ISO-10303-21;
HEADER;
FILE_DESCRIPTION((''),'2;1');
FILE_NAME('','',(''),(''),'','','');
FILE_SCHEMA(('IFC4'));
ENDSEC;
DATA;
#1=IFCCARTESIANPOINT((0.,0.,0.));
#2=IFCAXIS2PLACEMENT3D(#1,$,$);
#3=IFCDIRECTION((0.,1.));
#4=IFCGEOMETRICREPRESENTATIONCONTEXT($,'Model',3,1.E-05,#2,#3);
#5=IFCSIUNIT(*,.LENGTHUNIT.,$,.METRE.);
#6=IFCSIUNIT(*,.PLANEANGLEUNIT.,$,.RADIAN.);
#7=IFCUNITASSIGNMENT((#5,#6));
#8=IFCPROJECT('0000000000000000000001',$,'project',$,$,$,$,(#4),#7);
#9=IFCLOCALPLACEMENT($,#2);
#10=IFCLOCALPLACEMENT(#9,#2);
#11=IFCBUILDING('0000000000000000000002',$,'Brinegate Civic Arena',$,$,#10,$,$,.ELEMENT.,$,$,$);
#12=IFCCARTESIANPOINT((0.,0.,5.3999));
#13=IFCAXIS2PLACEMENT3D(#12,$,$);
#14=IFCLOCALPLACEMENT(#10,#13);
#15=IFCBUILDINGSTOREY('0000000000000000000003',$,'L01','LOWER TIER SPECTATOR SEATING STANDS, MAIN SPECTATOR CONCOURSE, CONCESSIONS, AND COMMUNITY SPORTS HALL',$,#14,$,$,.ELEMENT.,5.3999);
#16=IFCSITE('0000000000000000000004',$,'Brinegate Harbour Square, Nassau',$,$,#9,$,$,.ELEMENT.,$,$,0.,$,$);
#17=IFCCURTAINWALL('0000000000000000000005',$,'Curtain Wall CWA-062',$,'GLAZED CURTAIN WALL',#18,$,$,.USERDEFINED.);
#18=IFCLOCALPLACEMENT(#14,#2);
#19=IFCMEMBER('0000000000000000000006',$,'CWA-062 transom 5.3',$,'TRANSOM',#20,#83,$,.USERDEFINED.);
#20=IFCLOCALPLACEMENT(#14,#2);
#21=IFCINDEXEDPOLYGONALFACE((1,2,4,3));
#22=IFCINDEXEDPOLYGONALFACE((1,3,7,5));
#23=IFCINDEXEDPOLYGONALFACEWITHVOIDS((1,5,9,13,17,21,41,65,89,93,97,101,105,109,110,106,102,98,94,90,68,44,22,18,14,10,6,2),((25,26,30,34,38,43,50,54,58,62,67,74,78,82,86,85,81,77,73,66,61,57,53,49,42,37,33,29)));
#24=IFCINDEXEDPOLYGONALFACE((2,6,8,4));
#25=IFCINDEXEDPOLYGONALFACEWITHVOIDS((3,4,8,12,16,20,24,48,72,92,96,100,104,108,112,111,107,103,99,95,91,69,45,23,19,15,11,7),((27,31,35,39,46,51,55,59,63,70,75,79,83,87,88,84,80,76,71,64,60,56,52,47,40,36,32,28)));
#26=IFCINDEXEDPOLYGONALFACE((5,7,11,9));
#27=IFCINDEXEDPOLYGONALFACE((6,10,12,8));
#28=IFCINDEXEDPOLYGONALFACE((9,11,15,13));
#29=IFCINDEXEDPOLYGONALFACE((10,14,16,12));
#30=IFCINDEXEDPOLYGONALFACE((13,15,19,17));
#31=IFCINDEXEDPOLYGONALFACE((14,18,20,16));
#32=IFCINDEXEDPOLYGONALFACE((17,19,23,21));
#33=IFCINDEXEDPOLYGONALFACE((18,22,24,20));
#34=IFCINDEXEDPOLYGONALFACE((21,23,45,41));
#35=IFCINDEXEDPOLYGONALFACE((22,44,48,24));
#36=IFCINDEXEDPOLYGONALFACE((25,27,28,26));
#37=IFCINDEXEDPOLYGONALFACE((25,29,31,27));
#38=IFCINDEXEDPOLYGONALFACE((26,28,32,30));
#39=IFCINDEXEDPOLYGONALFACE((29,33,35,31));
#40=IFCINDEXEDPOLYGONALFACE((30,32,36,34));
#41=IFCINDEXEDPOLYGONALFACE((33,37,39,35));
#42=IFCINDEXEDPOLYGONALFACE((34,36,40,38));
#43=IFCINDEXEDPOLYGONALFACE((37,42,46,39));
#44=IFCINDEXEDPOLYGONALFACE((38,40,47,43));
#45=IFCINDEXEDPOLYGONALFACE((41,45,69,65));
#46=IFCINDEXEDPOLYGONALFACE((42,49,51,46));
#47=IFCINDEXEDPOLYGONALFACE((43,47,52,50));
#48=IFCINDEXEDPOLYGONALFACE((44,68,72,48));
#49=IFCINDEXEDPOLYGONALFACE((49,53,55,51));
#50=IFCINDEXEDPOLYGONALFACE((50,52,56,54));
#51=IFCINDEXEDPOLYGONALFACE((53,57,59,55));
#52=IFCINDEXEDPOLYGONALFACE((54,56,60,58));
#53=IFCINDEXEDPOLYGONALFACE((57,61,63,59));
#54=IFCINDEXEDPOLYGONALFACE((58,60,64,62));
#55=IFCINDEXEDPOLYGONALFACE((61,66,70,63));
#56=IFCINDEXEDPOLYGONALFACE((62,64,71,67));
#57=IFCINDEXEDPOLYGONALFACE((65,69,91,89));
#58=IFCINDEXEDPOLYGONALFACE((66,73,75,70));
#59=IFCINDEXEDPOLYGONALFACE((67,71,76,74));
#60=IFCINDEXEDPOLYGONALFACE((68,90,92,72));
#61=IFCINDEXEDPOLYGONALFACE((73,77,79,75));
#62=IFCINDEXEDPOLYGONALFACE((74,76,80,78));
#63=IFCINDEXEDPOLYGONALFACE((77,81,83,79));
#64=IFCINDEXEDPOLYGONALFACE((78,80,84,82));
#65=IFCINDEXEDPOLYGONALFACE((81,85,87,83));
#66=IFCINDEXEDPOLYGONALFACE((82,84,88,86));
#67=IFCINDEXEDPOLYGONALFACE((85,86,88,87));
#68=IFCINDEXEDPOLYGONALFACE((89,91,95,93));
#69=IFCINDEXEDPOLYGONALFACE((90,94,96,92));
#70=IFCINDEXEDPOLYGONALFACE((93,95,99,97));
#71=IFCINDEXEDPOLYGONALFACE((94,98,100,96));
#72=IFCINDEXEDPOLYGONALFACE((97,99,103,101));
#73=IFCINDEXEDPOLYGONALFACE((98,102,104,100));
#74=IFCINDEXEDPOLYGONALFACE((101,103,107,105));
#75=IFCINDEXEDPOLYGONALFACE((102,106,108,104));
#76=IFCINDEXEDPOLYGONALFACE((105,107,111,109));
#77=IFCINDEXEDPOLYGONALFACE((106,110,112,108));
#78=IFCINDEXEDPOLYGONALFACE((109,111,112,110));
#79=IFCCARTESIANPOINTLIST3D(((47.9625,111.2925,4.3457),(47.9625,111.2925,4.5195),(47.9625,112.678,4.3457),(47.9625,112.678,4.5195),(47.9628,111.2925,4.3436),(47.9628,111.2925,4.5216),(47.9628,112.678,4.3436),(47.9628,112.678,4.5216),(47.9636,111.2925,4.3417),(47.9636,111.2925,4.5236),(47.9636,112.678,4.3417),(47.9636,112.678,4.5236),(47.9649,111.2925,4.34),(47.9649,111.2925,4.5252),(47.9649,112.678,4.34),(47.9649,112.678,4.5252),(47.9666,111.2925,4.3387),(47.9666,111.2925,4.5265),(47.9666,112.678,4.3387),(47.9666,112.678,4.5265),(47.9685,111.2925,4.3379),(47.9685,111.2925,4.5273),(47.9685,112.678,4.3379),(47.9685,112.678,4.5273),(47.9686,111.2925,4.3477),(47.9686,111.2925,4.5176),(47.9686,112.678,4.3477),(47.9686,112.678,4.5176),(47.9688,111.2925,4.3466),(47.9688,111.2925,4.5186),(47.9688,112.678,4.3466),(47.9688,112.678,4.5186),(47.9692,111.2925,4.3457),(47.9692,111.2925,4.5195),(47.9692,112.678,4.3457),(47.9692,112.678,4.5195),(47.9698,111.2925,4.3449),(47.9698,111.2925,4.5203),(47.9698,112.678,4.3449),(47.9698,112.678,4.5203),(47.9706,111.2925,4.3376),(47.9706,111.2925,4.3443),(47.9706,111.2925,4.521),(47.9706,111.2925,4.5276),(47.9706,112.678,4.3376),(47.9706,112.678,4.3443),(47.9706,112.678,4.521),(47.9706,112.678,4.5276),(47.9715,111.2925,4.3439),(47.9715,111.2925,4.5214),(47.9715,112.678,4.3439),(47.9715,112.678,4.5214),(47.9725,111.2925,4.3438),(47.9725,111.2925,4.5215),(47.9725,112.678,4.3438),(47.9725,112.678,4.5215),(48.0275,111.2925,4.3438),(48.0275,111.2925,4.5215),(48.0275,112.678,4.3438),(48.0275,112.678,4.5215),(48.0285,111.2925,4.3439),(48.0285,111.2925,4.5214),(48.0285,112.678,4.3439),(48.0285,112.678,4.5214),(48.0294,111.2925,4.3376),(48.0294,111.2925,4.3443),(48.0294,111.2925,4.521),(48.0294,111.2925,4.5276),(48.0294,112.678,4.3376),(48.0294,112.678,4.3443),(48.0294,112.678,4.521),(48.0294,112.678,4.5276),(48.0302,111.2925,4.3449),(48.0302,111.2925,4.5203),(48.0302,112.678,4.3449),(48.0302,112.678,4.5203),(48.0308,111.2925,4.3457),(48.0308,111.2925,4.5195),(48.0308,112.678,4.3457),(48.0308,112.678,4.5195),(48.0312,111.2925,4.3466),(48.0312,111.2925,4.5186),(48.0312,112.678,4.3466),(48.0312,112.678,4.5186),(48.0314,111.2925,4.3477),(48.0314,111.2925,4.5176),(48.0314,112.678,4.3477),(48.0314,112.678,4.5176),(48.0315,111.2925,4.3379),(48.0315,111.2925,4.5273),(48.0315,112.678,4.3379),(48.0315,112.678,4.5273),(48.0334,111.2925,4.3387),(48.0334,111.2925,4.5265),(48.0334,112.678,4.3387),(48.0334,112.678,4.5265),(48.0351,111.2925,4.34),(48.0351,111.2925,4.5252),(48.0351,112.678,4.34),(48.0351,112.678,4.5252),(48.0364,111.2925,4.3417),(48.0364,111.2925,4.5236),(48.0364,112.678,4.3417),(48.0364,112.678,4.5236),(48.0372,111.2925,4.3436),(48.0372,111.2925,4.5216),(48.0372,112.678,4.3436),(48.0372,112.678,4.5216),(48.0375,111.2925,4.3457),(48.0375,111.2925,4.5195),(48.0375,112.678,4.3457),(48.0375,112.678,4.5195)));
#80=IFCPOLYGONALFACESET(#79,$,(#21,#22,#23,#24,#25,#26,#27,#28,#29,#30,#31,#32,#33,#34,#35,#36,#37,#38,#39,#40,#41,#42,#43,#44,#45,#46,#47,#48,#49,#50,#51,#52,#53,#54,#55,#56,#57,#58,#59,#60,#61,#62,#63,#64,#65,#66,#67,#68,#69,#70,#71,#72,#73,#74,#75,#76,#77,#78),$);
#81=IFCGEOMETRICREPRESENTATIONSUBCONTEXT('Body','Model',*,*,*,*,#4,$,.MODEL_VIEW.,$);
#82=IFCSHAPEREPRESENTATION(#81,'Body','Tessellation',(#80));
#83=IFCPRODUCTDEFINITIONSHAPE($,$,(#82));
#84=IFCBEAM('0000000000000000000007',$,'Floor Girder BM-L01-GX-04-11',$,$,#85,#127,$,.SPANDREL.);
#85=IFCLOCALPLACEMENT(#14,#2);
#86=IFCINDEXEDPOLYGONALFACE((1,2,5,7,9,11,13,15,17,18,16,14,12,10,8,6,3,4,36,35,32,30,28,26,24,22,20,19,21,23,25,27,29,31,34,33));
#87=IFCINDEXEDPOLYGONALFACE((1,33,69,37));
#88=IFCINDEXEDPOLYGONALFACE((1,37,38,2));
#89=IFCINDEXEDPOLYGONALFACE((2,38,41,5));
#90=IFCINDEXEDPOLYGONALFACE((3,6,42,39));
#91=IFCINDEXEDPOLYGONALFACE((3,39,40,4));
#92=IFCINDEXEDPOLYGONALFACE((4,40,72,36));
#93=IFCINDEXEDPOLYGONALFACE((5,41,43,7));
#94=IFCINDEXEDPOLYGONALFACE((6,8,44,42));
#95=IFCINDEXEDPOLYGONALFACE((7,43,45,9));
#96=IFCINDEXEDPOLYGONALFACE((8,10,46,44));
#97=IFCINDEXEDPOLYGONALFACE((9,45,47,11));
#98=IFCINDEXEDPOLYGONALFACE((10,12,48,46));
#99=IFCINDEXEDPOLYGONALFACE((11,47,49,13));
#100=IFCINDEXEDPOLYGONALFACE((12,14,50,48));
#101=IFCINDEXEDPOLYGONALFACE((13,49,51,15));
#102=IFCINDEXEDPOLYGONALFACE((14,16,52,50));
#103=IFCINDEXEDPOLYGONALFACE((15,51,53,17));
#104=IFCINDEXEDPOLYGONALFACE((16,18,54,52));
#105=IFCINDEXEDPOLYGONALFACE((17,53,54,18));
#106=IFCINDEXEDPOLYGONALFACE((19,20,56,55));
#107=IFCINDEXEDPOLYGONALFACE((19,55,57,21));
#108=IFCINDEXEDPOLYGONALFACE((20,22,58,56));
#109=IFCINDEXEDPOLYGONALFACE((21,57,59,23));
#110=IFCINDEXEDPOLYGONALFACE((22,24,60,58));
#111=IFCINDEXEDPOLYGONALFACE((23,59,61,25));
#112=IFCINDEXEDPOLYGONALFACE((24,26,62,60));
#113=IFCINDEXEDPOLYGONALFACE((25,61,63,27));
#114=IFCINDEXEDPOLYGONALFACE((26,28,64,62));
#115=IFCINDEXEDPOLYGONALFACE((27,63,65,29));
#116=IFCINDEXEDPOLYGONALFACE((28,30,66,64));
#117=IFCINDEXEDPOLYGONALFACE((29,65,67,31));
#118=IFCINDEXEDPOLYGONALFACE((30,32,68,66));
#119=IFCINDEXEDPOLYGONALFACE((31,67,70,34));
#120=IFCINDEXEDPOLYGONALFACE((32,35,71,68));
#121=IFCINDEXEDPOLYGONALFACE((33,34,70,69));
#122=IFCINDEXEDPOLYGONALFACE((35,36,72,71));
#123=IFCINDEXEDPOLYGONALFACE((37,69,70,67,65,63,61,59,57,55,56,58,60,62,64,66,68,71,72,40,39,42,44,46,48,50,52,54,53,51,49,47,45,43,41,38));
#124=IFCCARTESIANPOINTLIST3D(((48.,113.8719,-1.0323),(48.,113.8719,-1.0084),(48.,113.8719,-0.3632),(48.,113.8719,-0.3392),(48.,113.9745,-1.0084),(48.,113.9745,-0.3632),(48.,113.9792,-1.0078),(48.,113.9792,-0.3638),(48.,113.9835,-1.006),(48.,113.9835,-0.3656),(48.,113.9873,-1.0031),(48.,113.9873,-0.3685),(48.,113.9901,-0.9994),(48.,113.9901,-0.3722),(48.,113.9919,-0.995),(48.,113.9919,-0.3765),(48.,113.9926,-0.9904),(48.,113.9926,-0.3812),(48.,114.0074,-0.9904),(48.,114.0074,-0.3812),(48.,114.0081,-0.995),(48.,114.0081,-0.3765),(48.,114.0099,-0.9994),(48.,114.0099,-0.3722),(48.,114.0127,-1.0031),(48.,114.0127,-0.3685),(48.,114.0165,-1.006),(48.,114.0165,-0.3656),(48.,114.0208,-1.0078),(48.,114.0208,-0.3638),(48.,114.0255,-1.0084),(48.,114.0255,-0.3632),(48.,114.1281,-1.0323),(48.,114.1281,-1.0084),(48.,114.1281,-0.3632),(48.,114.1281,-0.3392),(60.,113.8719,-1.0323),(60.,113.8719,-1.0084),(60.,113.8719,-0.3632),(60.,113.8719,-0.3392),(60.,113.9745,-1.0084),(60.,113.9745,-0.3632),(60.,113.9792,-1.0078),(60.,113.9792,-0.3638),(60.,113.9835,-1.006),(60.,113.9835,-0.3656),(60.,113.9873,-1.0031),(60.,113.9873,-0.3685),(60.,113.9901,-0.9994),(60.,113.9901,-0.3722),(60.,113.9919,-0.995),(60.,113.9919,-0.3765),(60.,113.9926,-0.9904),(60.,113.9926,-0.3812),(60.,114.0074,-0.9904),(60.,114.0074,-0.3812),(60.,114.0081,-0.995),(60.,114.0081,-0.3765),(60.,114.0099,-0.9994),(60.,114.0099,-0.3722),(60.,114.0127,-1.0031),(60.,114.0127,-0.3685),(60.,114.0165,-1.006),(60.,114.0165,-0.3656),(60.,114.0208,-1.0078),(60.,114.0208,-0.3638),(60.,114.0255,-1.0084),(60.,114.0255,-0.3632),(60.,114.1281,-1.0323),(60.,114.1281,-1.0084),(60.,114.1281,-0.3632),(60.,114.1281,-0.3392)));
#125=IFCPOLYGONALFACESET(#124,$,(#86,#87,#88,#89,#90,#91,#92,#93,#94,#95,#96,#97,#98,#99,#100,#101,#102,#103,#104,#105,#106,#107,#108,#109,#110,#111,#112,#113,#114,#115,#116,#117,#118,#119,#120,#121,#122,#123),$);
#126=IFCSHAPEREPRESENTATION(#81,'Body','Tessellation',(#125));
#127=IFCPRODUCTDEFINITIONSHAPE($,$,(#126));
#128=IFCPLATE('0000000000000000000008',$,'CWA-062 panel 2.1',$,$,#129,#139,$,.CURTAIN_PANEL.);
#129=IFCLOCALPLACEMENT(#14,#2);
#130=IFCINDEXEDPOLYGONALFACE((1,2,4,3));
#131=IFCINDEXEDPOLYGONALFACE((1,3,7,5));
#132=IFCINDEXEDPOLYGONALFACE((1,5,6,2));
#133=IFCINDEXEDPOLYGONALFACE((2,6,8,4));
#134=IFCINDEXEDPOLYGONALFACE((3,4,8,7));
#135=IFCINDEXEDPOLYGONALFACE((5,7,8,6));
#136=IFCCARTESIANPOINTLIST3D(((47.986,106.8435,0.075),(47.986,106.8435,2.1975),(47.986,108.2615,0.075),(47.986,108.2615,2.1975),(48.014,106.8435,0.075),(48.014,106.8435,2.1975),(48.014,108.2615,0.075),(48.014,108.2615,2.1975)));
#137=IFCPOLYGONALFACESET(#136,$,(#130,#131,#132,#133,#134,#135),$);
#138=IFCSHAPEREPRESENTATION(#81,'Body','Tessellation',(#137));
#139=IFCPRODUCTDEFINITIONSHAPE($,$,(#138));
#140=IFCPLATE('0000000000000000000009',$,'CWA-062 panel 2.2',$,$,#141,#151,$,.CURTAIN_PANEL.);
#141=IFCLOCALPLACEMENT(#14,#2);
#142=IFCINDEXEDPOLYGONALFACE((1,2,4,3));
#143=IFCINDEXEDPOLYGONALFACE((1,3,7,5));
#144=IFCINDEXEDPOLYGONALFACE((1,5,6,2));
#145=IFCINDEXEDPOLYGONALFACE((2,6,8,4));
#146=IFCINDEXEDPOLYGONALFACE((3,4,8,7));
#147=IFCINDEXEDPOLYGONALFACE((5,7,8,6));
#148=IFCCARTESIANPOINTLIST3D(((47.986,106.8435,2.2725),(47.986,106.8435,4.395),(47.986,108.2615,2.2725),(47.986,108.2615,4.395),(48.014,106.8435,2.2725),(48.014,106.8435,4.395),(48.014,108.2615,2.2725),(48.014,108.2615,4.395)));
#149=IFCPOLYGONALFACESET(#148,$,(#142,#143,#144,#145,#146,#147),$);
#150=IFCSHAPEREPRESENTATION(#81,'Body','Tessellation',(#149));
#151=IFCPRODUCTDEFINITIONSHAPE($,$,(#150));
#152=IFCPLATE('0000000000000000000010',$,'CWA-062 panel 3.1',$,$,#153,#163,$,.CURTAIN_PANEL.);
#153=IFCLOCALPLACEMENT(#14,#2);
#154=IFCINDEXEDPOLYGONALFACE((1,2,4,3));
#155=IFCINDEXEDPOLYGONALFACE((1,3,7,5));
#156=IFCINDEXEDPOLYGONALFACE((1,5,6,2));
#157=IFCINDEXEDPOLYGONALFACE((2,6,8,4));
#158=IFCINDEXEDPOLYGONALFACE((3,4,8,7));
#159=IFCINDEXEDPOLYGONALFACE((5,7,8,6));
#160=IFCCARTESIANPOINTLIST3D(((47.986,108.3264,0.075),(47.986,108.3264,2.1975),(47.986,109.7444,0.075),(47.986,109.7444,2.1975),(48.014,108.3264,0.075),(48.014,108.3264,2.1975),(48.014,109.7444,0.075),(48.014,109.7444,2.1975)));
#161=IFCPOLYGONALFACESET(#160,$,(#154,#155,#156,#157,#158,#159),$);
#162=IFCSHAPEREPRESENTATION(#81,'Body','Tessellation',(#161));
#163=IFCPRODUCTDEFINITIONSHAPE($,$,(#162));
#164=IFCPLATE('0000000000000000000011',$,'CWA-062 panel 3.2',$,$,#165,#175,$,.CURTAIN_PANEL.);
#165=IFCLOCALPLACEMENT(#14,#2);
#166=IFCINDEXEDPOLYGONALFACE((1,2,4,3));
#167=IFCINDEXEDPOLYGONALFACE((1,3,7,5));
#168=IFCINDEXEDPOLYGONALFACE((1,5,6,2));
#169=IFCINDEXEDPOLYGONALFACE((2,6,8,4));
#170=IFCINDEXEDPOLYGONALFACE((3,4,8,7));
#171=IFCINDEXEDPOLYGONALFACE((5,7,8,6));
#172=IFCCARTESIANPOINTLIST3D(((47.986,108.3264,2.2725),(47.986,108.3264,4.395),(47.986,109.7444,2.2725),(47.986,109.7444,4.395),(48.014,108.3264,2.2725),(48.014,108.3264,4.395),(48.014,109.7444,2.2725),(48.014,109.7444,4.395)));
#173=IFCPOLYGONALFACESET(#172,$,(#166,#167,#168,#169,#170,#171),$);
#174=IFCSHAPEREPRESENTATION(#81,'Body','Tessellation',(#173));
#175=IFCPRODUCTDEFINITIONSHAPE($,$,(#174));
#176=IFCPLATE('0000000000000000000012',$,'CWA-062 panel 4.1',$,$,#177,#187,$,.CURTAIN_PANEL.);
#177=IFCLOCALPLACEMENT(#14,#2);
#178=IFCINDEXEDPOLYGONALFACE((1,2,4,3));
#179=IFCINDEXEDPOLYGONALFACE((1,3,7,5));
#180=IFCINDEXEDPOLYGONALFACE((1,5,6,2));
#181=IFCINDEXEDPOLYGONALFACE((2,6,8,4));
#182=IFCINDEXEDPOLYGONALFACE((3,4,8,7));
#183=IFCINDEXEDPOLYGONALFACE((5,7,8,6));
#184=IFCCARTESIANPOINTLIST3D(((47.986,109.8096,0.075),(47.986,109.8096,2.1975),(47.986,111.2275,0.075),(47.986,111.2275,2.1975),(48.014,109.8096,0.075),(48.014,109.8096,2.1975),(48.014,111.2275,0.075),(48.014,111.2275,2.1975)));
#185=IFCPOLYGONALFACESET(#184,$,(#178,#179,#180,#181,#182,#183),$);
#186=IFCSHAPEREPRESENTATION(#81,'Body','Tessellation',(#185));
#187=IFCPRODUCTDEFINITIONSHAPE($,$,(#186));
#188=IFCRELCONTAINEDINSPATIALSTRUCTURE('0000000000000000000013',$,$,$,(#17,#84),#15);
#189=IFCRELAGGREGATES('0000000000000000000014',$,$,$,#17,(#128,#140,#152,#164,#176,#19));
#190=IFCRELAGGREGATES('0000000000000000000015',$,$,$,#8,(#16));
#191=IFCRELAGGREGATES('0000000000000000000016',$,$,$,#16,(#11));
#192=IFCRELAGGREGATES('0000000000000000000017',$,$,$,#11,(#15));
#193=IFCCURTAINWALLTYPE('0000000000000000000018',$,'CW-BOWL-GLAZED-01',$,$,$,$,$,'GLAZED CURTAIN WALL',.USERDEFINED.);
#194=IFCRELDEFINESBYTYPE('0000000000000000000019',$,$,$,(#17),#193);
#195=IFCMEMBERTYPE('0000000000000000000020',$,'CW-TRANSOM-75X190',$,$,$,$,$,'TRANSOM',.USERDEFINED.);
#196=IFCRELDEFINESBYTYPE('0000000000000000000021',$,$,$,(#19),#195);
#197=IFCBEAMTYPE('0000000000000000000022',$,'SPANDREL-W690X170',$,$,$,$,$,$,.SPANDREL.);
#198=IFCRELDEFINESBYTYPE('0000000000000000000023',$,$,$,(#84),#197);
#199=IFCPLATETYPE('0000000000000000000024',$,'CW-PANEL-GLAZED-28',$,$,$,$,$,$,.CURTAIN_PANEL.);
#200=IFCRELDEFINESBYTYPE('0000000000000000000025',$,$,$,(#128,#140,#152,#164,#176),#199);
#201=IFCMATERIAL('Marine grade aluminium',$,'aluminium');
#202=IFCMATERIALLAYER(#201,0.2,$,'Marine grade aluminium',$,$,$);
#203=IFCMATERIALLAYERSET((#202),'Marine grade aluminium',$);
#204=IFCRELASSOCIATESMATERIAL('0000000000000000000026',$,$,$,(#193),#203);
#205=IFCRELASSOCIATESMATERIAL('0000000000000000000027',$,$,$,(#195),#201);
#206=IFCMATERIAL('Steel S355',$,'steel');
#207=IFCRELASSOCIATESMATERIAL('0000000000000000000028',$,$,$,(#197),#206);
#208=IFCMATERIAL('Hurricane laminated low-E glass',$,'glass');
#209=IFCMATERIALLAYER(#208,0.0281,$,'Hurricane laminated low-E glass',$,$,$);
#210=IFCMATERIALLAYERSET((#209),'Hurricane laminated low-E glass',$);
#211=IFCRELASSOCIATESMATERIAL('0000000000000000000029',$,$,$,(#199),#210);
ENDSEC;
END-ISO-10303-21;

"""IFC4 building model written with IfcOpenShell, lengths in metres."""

from ifc_helpers import new_model, si_unit, direction, frame, origin, origin_2d, place, context, subcontext, project, spatial, rectangle, hollow_rectangle, i_section, extrude, material, layer, layer_set, material_profile, profile_set, type_object, element, aggregate, save


model = new_model("IFC4")

# Units and contexts
model_context = context("Model", 3, precision=1e-05, world=origin(), true_north=direction((0.0, 1.0)))
body_context = subcontext(model_context, "Body", "Model", "MODEL_VIEW")
ifc_project = project(units=[si_unit("LENGTHUNIT", "METRE"), si_unit("PLANEANGLEUNIT", "RADIAN")], contexts=[model_context])

# Site, building, storey
site_placement = place(None, origin())
site = spatial("IfcSite", under=ifc_project, at=site_placement, Name="Brinegate Harbour Square, Nassau", CompositionType="ELEMENT", RefElevation=0.0)
building_placement = place(site_placement, origin())
building = spatial("IfcBuilding", under=site, at=building_placement, Name="Brinegate Civic Arena", CompositionType="ELEMENT")
storey_placement = place(building_placement, frame((0.0, 0.0, 5.3999)))
storey = spatial("IfcBuildingStorey", under=building, at=storey_placement, Name="L01", Description="LOWER TIER SPECTATOR SEATING STANDS, MAIN SPECTATOR CONCOURSE, CONCESSIONS, AND COMMUNITY SPORTS HALL", CompositionType="ELEMENT", Elevation=5.3999)

# Curtain wall, member
ifc_material_1 = material(Name="Marine grade aluminium", Category="aluminium")
ifc_layer_1 = layer(ifc_material_1, 0.2, Name="Marine grade aluminium")
ifc_layer_set_1 = layer_set([ifc_layer_1], Name="Marine grade aluminium")
curtain_wall_type = type_object("IfcCurtainWallType", Name="CW-BOWL-GLAZED-01", ElementType="GLAZED CURTAIN WALL", PredefinedType="USERDEFINED", material=ifc_layer_set_1)
curtain_wall_placement = place(storey_placement, origin())
curtain_wall = element("IfcCurtainWall", 1, at=curtain_wall_placement, inside=storey, type_object=curtain_wall_type, Name="Curtain Wall CWA-062", ObjectType="GLAZED CURTAIN WALL", PredefinedType="USERDEFINED")
ifc_material_profile_1 = material_profile(ifc_material_1, hollow_rectangle(XDim=0.075, YDim=0.1899, WallThickness=0.0061, InnerFilletRadius=0.0039, OuterFilletRadius=0.0081, at=origin_2d()), Name="TRN75X190")
ifc_profile_set_1 = profile_set([ifc_material_profile_1], Name="Marine grade aluminium")
member_type_1 = type_object("IfcMemberType", Name="CW-TRANSOM-75X190", ElementType="TRANSOM", PredefinedType="USERDEFINED", material=ifc_profile_set_1)
member_1_placement = place(storey_placement, frame((48.0, 111.2925, 4.4326), z_axis=(0.0, 1.0, 0.0), x_axis=(-1.0, 0.0, 0.0)))
member_1 = element("IfcMember", 2, at=member_1_placement, type_object=member_type_1, Name="CWA-062 transom 5.3", ObjectType="TRANSOM", PredefinedType="USERDEFINED", context=body_context, shape_type="SweptSolid", body=[
    extrude(hollow_rectangle(XDim=0.075, YDim=0.1899, WallThickness=0.0061, InnerFilletRadius=0.0039, OuterFilletRadius=0.0081, at=origin_2d()), origin(), (0.0, 0.0, 1.0), 1.3855),
])

# Beam
ifc_material_2 = material(Name="Steel S355", Category="steel")
ifc_material_profile_2 = material_profile(ifc_material_2, i_section(OverallWidth=0.2561, OverallDepth=0.6931, WebThickness=0.0149, FlangeThickness=0.0239, FilletRadius=0.0181, at=origin_2d()), Name="W690X170")
ifc_profile_set_2 = profile_set([ifc_material_profile_2], Name="Steel S355")
beam_type = type_object("IfcBeamType", Name="SPANDREL-W690X170", PredefinedType="SPANDREL", material=ifc_profile_set_2)
beam_placement = place(storey_placement, frame((48.0, 114.0, -0.6858), z_axis=(1.0, 0.0, 0.0), x_axis=(0.0, 1.0, 0.0)))
element("IfcBeam", 3, at=beam_placement, inside=storey, type_object=beam_type, Name="Floor Girder BM-L01-GX-04-11", PredefinedType="SPANDREL", context=body_context, shape_type="SweptSolid", body=[
    extrude(i_section(OverallWidth=0.2561, OverallDepth=0.6931, WebThickness=0.0149, FlangeThickness=0.0239, FilletRadius=0.0181, at=origin_2d()), origin(), (0.0, 0.0, 1.0), 12.0),
])

# Plates
ifc_material_3 = material(Name="Hurricane laminated low-E glass", Category="glass")
ifc_layer_2 = layer(ifc_material_3, 0.0281, Name="Hurricane laminated low-E glass")
ifc_layer_set_2 = layer_set([ifc_layer_2], Name="Hurricane laminated low-E glass")
plate_type = type_object("IfcPlateType", Name="CW-PANEL-GLAZED-28", PredefinedType="CURTAIN_PANEL", material=ifc_layer_set_2)
plate_1_placement = place(storey_placement, frame((48.0, 107.5525, 0.075), z_axis=(0.0, 0.0, 1.0), x_axis=(0.0, 1.0, 0.0)))
plate_1 = element("IfcPlate", 4, at=plate_1_placement, type_object=plate_type, Name="CWA-062 panel 2.1", PredefinedType="CURTAIN_PANEL", context=body_context, shape_type="SweptSolid", body=[
    extrude(rectangle(XDim=1.418, YDim=0.0281, at=origin_2d()), origin(), (0.0, 0.0, 1.0), 2.1226),
])
plate_2_placement = place(storey_placement, frame((48.0, 107.5525, 2.2725), z_axis=(0.0, 0.0, 1.0), x_axis=(0.0, 1.0, 0.0)))
plate_2 = element("IfcPlate", 5, at=plate_2_placement, type_object=plate_type, Name="CWA-062 panel 2.2", PredefinedType="CURTAIN_PANEL", context=body_context, shape_type="SweptSolid", body=[
    extrude(rectangle(XDim=1.418, YDim=0.0281, at=origin_2d()), origin(), (0.0, 0.0, 1.0), 2.1226),
])
plate_3_placement = place(storey_placement, frame((48.0, 109.0354, 0.075), z_axis=(0.0, 0.0, 1.0), x_axis=(0.0, 1.0, 0.0)))
plate_3 = element("IfcPlate", 6, at=plate_3_placement, type_object=plate_type, Name="CWA-062 panel 3.1", PredefinedType="CURTAIN_PANEL", context=body_context, shape_type="SweptSolid", body=[
    extrude(rectangle(XDim=1.418, YDim=0.0281, at=origin_2d()), origin(), (0.0, 0.0, 1.0), 2.1226),
])
plate_4_placement = place(storey_placement, frame((48.0, 109.0354, 2.2725), z_axis=(0.0, 0.0, 1.0), x_axis=(0.0, 1.0, 0.0)))
plate_4 = element("IfcPlate", 7, at=plate_4_placement, type_object=plate_type, Name="CWA-062 panel 3.2", PredefinedType="CURTAIN_PANEL", context=body_context, shape_type="SweptSolid", body=[
    extrude(rectangle(XDim=1.418, YDim=0.0281, at=origin_2d()), origin(), (0.0, 0.0, 1.0), 2.1226),
])
plate_5_placement = place(storey_placement, frame((48.0, 110.5186, 0.075), z_axis=(0.0, 0.0, 1.0), x_axis=(0.0, 1.0, 0.0)))
plate_5 = element("IfcPlate", 8, at=plate_5_placement, type_object=plate_type, Name="CWA-062 panel 4.1", PredefinedType="CURTAIN_PANEL", context=body_context, shape_type="SweptSolid", body=[
    extrude(rectangle(XDim=1.418, YDim=0.0281, at=origin_2d()), origin(), (0.0, 0.0, 1.0), 2.1226),
])
aggregate(curtain_wall, [plate_1, plate_2, plate_3, plate_4, plate_5, member_1])

save(model, "model.ifc")
